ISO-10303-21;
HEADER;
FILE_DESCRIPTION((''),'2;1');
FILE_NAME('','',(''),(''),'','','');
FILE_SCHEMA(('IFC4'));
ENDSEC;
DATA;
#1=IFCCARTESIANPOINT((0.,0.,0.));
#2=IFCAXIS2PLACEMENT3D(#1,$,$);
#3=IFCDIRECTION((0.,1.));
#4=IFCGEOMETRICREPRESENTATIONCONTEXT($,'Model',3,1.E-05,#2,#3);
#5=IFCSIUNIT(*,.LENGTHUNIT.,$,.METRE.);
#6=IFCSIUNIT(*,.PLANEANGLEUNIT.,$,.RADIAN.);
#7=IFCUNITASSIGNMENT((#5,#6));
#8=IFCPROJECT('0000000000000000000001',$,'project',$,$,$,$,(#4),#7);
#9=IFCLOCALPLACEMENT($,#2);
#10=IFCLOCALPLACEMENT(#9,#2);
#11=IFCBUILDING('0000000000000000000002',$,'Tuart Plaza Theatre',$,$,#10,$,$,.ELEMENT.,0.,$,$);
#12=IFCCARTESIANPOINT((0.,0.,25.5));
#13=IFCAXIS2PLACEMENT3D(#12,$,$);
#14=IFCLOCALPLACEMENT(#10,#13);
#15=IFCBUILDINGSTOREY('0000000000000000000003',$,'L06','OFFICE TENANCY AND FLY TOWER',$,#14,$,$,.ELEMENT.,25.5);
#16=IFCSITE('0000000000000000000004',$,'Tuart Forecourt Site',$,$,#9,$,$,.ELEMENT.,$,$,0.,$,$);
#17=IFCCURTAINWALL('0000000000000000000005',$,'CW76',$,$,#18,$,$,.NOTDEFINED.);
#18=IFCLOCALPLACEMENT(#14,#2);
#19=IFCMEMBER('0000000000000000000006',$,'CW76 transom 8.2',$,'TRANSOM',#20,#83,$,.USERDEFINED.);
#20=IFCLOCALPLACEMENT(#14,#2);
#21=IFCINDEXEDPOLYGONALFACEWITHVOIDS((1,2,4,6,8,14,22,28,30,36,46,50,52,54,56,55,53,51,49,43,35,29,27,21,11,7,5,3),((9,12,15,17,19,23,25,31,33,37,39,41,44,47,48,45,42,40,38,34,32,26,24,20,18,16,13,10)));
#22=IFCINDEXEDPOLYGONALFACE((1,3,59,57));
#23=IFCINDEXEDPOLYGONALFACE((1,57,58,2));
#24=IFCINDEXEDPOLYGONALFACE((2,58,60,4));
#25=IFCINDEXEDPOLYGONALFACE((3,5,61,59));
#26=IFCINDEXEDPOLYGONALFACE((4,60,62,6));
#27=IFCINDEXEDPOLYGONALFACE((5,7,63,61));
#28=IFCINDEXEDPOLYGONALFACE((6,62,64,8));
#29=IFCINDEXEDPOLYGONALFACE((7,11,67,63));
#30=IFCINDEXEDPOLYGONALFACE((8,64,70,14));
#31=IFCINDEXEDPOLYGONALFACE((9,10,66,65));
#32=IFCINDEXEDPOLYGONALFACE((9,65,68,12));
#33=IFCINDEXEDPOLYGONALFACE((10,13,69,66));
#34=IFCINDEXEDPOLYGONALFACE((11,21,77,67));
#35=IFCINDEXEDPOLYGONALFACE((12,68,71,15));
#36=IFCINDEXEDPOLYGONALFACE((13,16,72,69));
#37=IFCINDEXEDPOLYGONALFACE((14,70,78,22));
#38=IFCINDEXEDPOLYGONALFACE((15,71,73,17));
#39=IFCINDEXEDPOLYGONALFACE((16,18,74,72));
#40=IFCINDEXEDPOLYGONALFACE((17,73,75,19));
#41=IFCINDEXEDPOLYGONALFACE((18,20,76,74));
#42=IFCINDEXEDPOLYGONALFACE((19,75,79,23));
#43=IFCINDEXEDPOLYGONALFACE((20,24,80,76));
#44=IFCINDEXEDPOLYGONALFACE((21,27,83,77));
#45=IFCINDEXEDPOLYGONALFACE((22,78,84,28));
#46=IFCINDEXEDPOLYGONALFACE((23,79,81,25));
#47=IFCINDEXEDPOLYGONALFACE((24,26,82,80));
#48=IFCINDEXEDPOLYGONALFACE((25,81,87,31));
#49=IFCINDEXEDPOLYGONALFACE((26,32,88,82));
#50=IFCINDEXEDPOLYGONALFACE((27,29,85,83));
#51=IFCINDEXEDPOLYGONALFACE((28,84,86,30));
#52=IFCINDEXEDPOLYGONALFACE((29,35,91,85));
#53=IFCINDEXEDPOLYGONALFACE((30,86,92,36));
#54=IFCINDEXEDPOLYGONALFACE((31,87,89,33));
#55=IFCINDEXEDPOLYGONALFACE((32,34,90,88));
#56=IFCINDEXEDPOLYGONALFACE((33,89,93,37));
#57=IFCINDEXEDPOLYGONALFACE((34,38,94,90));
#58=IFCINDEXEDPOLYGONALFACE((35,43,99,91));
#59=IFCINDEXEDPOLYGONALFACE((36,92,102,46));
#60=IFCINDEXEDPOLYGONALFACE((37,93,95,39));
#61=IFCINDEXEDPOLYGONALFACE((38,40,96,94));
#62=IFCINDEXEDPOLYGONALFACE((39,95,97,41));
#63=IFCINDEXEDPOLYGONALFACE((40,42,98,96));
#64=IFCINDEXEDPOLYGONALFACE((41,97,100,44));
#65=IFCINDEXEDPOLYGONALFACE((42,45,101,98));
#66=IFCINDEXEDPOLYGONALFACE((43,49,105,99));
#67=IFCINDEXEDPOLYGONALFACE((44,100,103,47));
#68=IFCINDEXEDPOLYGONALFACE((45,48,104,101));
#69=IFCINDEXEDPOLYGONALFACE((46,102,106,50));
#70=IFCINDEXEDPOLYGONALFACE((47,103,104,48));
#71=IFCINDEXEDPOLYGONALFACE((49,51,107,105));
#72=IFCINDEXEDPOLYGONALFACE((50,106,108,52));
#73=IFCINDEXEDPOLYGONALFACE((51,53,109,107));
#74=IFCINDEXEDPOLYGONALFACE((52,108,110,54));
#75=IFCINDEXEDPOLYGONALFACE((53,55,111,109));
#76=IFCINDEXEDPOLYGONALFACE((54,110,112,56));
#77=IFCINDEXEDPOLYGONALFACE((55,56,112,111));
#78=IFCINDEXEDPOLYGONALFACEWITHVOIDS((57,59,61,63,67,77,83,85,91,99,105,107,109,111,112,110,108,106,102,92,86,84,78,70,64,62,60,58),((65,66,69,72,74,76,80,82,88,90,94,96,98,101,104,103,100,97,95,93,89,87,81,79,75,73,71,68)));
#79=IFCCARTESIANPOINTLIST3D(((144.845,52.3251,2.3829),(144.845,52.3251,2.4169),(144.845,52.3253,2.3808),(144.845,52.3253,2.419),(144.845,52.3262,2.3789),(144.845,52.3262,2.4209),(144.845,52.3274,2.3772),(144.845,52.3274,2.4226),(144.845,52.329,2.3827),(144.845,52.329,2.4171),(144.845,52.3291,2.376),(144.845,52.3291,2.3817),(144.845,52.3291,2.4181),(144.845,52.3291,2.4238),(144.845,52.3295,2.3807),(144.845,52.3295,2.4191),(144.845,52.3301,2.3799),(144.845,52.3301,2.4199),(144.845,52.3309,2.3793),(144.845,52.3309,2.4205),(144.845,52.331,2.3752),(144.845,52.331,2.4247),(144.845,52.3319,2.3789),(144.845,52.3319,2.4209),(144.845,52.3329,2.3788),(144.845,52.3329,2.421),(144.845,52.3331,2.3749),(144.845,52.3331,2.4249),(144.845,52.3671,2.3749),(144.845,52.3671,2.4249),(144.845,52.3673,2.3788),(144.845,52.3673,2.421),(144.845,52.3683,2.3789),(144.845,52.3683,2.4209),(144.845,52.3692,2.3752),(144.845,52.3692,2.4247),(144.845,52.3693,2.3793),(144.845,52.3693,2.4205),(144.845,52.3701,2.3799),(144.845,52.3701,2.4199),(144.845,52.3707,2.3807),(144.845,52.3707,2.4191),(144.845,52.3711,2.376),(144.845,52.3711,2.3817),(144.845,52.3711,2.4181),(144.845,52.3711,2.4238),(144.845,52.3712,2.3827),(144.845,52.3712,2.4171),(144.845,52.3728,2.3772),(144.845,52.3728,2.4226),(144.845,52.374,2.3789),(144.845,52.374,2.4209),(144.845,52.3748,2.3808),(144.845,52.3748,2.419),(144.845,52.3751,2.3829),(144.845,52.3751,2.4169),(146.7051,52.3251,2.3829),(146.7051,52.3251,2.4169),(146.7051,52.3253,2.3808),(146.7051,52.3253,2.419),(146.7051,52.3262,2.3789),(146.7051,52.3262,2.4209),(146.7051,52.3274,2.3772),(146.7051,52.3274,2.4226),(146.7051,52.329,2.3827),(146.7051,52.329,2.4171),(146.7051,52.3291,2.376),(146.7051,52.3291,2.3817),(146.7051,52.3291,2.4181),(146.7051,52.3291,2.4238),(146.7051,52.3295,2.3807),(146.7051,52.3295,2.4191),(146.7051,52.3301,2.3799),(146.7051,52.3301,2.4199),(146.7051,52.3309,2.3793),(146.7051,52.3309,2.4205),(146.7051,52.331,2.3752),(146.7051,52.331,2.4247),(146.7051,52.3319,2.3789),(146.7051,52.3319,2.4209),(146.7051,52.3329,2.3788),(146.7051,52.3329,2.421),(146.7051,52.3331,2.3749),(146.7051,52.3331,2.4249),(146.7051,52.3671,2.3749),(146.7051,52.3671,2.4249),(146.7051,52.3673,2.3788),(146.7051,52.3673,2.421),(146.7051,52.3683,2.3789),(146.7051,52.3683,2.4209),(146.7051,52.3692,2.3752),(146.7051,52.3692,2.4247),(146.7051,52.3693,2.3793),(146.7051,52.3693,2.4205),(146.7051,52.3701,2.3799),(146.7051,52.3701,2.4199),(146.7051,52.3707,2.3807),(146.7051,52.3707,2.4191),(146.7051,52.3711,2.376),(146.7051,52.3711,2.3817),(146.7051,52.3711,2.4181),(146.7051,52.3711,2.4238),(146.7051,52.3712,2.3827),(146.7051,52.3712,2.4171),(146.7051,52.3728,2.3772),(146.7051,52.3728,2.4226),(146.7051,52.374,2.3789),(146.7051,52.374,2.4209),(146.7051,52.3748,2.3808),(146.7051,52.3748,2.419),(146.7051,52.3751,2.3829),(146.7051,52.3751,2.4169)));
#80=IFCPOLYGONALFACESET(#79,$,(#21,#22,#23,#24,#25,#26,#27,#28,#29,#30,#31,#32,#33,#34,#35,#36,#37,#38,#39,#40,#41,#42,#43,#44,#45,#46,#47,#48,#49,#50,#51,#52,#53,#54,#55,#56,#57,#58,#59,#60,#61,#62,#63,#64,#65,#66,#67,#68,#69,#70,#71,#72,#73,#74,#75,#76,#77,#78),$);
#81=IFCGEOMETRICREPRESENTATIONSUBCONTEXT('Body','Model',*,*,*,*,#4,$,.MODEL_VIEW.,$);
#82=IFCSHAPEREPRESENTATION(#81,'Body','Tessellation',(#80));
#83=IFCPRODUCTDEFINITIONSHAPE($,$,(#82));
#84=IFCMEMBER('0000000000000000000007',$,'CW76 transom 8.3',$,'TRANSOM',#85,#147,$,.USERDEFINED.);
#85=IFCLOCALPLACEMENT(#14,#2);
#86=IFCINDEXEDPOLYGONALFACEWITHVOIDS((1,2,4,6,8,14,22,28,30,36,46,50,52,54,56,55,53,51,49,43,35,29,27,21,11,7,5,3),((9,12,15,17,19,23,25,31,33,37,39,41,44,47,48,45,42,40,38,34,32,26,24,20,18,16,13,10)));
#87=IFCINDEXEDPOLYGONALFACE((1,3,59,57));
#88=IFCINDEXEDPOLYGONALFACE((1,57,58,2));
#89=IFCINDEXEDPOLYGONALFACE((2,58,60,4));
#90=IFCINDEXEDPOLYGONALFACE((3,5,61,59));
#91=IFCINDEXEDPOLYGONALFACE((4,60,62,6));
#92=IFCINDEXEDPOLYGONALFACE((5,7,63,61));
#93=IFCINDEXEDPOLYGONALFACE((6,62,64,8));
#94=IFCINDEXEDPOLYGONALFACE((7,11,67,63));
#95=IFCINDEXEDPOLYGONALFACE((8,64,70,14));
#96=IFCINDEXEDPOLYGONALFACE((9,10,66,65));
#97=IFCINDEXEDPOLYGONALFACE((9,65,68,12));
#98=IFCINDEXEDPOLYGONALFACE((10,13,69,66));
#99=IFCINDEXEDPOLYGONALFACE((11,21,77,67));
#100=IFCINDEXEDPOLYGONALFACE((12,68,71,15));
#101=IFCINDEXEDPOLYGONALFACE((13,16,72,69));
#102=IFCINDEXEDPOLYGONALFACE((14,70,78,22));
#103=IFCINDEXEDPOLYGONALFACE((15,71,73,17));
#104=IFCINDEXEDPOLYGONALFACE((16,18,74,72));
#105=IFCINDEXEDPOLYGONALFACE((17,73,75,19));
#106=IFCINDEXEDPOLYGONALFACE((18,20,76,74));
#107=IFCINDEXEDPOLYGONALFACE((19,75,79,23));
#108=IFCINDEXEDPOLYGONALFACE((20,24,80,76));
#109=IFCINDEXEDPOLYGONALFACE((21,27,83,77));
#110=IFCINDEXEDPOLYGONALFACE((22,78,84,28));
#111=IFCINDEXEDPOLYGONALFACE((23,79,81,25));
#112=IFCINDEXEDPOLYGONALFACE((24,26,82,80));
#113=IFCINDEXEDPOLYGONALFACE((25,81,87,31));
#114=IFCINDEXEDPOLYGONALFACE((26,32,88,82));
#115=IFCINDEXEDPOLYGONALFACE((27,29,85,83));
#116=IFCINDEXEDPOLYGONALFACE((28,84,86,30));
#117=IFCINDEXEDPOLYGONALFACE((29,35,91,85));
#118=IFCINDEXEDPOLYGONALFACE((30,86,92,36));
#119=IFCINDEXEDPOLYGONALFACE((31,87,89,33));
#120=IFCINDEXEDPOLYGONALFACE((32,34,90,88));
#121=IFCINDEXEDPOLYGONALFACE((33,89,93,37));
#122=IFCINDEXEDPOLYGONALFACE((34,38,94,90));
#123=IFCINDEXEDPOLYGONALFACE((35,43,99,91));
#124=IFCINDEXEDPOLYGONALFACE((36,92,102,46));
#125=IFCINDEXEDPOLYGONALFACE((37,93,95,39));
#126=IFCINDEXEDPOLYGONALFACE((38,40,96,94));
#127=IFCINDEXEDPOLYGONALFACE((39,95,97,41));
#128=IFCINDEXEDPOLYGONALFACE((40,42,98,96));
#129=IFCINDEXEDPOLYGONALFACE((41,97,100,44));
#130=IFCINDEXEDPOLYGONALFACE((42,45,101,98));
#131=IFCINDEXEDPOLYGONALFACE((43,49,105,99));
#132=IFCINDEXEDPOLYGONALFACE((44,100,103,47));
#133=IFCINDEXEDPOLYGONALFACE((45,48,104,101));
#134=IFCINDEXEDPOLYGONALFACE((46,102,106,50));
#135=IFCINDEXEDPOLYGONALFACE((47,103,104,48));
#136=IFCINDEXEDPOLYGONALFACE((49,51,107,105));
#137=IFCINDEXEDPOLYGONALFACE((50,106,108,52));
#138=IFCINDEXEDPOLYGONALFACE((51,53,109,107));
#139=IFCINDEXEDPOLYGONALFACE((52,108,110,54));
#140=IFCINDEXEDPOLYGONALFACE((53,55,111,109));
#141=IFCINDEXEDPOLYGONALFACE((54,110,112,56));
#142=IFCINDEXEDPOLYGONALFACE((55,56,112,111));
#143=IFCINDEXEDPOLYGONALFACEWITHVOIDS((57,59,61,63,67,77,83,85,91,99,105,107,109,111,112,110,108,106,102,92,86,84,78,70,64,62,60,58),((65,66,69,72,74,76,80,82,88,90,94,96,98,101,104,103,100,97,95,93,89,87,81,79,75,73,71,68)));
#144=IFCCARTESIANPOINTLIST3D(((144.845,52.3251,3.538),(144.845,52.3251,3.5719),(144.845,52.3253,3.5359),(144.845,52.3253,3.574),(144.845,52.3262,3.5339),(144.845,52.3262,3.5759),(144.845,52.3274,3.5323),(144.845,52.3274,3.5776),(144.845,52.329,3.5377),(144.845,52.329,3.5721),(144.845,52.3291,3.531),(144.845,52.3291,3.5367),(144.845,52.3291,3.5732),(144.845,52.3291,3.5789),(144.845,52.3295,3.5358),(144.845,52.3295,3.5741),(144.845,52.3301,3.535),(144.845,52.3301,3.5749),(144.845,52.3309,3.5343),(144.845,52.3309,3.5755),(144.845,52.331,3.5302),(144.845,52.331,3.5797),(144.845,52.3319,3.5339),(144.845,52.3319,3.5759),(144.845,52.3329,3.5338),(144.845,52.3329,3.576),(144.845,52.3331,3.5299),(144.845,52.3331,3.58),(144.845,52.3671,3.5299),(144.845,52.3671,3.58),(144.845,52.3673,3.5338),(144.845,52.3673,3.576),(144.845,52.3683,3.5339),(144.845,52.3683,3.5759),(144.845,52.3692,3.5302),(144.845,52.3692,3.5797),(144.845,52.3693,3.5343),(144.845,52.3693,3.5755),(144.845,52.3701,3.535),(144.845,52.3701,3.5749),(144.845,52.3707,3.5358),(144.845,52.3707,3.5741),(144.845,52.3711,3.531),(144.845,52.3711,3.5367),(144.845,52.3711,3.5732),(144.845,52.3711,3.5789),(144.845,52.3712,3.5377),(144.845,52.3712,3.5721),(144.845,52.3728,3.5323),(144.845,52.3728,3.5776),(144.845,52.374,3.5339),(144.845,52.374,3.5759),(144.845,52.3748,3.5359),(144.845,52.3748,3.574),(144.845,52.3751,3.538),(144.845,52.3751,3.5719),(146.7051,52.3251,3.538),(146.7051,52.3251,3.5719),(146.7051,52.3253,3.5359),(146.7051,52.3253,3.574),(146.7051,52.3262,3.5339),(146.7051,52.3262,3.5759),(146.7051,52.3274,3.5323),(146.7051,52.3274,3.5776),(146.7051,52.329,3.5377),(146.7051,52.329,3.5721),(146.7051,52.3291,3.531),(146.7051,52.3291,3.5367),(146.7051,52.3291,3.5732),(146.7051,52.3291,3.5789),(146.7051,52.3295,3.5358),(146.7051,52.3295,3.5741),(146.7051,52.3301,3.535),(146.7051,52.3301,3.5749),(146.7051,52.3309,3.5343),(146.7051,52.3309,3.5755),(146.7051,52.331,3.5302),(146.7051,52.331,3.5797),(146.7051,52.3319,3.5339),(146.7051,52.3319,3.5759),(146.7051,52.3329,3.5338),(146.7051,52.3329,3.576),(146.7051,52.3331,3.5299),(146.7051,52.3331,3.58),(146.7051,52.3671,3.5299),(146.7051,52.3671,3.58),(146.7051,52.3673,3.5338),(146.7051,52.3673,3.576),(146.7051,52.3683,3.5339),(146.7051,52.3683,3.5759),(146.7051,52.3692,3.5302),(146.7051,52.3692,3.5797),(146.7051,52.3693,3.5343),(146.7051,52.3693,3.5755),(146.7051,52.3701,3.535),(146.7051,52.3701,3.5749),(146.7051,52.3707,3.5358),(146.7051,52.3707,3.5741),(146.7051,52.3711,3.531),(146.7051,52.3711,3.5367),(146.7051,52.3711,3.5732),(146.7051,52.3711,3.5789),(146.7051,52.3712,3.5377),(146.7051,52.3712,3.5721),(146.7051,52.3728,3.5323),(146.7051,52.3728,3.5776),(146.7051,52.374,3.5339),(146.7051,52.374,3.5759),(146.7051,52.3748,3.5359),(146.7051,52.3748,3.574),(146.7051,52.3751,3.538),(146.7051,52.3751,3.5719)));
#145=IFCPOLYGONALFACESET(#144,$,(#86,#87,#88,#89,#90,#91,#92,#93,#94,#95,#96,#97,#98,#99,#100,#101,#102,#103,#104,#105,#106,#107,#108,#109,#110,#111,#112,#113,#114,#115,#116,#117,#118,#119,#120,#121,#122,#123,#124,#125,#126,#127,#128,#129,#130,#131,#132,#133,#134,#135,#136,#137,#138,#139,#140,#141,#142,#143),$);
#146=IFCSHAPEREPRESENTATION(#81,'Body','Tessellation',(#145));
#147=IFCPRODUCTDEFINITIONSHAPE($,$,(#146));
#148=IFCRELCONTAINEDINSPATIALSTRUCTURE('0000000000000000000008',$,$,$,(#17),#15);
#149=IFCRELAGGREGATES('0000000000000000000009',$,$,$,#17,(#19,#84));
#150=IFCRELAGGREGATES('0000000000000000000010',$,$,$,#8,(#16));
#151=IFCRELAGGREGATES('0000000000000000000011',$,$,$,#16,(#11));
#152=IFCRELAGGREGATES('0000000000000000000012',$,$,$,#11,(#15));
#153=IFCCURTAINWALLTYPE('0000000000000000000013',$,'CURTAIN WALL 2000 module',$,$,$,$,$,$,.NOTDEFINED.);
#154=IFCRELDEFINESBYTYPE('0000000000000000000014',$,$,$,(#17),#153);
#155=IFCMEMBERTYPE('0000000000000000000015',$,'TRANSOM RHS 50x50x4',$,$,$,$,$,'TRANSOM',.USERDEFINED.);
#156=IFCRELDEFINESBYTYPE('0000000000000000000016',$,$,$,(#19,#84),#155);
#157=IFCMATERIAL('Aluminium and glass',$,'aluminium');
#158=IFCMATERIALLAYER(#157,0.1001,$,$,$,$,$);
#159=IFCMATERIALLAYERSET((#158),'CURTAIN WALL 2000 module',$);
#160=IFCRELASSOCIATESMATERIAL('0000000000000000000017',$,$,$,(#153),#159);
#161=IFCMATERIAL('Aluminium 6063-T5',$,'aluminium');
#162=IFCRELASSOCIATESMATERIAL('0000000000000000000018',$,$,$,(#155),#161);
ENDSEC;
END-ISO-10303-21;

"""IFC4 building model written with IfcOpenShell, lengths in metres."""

from ifc_helpers import new_model, si_unit, direction, frame, origin, origin_2d, place, context, subcontext, project, spatial, hollow_rectangle, extrude, material, layer, layer_set, material_profile, profile_set, type_object, element, aggregate, save


model = new_model("IFC4")

# Units and contexts
model_context = context("Model", 3, precision=1e-05, world=origin(), true_north=direction((0.0, 1.0)))
body_context = subcontext(model_context, "Body", "Model", "MODEL_VIEW")
ifc_project = project(units=[si_unit("LENGTHUNIT", "METRE"), si_unit("PLANEANGLEUNIT", "RADIAN")], contexts=[model_context])

# Site, building, storey
site_placement = place(None, origin())
site = spatial("IfcSite", under=ifc_project, at=site_placement, Name="Tuart Forecourt Site", CompositionType="ELEMENT", RefElevation=0.0)
building_placement = place(site_placement, origin())
building = spatial("IfcBuilding", under=site, at=building_placement, Name="Tuart Plaza Theatre", CompositionType="ELEMENT", ElevationOfRefHeight=0.0)
storey_placement = place(building_placement, frame((0.0, 0.0, 25.5)))
storey = spatial("IfcBuildingStorey", under=building, at=storey_placement, Name="L06", Description="OFFICE TENANCY AND FLY TOWER", CompositionType="ELEMENT", Elevation=25.5)

# Curtain wall, members
ifc_material_1 = material(Name="Aluminium and glass", Category="aluminium")
ifc_layer_1 = layer(ifc_material_1, 0.1001)
ifc_layer_set_1 = layer_set([ifc_layer_1], Name="CURTAIN WALL 2000 module")
curtain_wall_type = type_object("IfcCurtainWallType", Name="CURTAIN WALL 2000 module", PredefinedType="NOTDEFINED", material=ifc_layer_set_1)
curtain_wall_placement = place(storey_placement, origin())
curtain_wall = element("IfcCurtainWall", 1, at=curtain_wall_placement, inside=storey, type_object=curtain_wall_type, Name="CW76", PredefinedType="NOTDEFINED")
ifc_material_2 = material(Name="Aluminium 6063-T5", Category="aluminium")
ifc_material_profile_1 = material_profile(ifc_material_2, hollow_rectangle(XDim=0.05, YDim=0.05, WallThickness=0.0039, InnerFilletRadius=0.0039, OuterFilletRadius=0.0081, at=origin_2d()), Name="RHS 50x50x4")
ifc_profile_set_1 = profile_set([ifc_material_profile_1], Name="Aluminium 6063-T5")
member_type_1 = type_object("IfcMemberType", Name="TRANSOM RHS 50x50x4", ElementType="TRANSOM", PredefinedType="USERDEFINED", material=ifc_profile_set_1)
member_1_placement = place(storey_placement, frame((144.845, 52.3501, 2.3999), z_axis=(1.0, 0.0, 0.0), x_axis=(0.0, 1.0, 0.0)))
member_1 = element("IfcMember", 2, at=member_1_placement, type_object=member_type_1, Name="CW76 transom 8.2", ObjectType="TRANSOM", PredefinedType="USERDEFINED", context=body_context, shape_type="SweptSolid", body=[
    extrude(hollow_rectangle(XDim=0.05, YDim=0.05, WallThickness=0.0039, InnerFilletRadius=0.0039, OuterFilletRadius=0.0081, at=origin_2d()), origin(), (0.0, 0.0, 1.0), 1.8601),
])
member_2_placement = place(storey_placement, frame((144.845, 52.3501, 3.5549), z_axis=(1.0, 0.0, 0.0), x_axis=(0.0, 1.0, 0.0)))
member_2 = element("IfcMember", 3, at=member_2_placement, type_object=member_type_1, Name="CW76 transom 8.3", ObjectType="TRANSOM", PredefinedType="USERDEFINED", context=body_context, shape_type="SweptSolid", body=[
    extrude(hollow_rectangle(XDim=0.05, YDim=0.05, WallThickness=0.0039, InnerFilletRadius=0.0039, OuterFilletRadius=0.0081, at=origin_2d()), origin(), (0.0, 0.0, 1.0), 1.8601),
])
aggregate(curtain_wall, [member_1, member_2])

save(model, "model.ifc")
